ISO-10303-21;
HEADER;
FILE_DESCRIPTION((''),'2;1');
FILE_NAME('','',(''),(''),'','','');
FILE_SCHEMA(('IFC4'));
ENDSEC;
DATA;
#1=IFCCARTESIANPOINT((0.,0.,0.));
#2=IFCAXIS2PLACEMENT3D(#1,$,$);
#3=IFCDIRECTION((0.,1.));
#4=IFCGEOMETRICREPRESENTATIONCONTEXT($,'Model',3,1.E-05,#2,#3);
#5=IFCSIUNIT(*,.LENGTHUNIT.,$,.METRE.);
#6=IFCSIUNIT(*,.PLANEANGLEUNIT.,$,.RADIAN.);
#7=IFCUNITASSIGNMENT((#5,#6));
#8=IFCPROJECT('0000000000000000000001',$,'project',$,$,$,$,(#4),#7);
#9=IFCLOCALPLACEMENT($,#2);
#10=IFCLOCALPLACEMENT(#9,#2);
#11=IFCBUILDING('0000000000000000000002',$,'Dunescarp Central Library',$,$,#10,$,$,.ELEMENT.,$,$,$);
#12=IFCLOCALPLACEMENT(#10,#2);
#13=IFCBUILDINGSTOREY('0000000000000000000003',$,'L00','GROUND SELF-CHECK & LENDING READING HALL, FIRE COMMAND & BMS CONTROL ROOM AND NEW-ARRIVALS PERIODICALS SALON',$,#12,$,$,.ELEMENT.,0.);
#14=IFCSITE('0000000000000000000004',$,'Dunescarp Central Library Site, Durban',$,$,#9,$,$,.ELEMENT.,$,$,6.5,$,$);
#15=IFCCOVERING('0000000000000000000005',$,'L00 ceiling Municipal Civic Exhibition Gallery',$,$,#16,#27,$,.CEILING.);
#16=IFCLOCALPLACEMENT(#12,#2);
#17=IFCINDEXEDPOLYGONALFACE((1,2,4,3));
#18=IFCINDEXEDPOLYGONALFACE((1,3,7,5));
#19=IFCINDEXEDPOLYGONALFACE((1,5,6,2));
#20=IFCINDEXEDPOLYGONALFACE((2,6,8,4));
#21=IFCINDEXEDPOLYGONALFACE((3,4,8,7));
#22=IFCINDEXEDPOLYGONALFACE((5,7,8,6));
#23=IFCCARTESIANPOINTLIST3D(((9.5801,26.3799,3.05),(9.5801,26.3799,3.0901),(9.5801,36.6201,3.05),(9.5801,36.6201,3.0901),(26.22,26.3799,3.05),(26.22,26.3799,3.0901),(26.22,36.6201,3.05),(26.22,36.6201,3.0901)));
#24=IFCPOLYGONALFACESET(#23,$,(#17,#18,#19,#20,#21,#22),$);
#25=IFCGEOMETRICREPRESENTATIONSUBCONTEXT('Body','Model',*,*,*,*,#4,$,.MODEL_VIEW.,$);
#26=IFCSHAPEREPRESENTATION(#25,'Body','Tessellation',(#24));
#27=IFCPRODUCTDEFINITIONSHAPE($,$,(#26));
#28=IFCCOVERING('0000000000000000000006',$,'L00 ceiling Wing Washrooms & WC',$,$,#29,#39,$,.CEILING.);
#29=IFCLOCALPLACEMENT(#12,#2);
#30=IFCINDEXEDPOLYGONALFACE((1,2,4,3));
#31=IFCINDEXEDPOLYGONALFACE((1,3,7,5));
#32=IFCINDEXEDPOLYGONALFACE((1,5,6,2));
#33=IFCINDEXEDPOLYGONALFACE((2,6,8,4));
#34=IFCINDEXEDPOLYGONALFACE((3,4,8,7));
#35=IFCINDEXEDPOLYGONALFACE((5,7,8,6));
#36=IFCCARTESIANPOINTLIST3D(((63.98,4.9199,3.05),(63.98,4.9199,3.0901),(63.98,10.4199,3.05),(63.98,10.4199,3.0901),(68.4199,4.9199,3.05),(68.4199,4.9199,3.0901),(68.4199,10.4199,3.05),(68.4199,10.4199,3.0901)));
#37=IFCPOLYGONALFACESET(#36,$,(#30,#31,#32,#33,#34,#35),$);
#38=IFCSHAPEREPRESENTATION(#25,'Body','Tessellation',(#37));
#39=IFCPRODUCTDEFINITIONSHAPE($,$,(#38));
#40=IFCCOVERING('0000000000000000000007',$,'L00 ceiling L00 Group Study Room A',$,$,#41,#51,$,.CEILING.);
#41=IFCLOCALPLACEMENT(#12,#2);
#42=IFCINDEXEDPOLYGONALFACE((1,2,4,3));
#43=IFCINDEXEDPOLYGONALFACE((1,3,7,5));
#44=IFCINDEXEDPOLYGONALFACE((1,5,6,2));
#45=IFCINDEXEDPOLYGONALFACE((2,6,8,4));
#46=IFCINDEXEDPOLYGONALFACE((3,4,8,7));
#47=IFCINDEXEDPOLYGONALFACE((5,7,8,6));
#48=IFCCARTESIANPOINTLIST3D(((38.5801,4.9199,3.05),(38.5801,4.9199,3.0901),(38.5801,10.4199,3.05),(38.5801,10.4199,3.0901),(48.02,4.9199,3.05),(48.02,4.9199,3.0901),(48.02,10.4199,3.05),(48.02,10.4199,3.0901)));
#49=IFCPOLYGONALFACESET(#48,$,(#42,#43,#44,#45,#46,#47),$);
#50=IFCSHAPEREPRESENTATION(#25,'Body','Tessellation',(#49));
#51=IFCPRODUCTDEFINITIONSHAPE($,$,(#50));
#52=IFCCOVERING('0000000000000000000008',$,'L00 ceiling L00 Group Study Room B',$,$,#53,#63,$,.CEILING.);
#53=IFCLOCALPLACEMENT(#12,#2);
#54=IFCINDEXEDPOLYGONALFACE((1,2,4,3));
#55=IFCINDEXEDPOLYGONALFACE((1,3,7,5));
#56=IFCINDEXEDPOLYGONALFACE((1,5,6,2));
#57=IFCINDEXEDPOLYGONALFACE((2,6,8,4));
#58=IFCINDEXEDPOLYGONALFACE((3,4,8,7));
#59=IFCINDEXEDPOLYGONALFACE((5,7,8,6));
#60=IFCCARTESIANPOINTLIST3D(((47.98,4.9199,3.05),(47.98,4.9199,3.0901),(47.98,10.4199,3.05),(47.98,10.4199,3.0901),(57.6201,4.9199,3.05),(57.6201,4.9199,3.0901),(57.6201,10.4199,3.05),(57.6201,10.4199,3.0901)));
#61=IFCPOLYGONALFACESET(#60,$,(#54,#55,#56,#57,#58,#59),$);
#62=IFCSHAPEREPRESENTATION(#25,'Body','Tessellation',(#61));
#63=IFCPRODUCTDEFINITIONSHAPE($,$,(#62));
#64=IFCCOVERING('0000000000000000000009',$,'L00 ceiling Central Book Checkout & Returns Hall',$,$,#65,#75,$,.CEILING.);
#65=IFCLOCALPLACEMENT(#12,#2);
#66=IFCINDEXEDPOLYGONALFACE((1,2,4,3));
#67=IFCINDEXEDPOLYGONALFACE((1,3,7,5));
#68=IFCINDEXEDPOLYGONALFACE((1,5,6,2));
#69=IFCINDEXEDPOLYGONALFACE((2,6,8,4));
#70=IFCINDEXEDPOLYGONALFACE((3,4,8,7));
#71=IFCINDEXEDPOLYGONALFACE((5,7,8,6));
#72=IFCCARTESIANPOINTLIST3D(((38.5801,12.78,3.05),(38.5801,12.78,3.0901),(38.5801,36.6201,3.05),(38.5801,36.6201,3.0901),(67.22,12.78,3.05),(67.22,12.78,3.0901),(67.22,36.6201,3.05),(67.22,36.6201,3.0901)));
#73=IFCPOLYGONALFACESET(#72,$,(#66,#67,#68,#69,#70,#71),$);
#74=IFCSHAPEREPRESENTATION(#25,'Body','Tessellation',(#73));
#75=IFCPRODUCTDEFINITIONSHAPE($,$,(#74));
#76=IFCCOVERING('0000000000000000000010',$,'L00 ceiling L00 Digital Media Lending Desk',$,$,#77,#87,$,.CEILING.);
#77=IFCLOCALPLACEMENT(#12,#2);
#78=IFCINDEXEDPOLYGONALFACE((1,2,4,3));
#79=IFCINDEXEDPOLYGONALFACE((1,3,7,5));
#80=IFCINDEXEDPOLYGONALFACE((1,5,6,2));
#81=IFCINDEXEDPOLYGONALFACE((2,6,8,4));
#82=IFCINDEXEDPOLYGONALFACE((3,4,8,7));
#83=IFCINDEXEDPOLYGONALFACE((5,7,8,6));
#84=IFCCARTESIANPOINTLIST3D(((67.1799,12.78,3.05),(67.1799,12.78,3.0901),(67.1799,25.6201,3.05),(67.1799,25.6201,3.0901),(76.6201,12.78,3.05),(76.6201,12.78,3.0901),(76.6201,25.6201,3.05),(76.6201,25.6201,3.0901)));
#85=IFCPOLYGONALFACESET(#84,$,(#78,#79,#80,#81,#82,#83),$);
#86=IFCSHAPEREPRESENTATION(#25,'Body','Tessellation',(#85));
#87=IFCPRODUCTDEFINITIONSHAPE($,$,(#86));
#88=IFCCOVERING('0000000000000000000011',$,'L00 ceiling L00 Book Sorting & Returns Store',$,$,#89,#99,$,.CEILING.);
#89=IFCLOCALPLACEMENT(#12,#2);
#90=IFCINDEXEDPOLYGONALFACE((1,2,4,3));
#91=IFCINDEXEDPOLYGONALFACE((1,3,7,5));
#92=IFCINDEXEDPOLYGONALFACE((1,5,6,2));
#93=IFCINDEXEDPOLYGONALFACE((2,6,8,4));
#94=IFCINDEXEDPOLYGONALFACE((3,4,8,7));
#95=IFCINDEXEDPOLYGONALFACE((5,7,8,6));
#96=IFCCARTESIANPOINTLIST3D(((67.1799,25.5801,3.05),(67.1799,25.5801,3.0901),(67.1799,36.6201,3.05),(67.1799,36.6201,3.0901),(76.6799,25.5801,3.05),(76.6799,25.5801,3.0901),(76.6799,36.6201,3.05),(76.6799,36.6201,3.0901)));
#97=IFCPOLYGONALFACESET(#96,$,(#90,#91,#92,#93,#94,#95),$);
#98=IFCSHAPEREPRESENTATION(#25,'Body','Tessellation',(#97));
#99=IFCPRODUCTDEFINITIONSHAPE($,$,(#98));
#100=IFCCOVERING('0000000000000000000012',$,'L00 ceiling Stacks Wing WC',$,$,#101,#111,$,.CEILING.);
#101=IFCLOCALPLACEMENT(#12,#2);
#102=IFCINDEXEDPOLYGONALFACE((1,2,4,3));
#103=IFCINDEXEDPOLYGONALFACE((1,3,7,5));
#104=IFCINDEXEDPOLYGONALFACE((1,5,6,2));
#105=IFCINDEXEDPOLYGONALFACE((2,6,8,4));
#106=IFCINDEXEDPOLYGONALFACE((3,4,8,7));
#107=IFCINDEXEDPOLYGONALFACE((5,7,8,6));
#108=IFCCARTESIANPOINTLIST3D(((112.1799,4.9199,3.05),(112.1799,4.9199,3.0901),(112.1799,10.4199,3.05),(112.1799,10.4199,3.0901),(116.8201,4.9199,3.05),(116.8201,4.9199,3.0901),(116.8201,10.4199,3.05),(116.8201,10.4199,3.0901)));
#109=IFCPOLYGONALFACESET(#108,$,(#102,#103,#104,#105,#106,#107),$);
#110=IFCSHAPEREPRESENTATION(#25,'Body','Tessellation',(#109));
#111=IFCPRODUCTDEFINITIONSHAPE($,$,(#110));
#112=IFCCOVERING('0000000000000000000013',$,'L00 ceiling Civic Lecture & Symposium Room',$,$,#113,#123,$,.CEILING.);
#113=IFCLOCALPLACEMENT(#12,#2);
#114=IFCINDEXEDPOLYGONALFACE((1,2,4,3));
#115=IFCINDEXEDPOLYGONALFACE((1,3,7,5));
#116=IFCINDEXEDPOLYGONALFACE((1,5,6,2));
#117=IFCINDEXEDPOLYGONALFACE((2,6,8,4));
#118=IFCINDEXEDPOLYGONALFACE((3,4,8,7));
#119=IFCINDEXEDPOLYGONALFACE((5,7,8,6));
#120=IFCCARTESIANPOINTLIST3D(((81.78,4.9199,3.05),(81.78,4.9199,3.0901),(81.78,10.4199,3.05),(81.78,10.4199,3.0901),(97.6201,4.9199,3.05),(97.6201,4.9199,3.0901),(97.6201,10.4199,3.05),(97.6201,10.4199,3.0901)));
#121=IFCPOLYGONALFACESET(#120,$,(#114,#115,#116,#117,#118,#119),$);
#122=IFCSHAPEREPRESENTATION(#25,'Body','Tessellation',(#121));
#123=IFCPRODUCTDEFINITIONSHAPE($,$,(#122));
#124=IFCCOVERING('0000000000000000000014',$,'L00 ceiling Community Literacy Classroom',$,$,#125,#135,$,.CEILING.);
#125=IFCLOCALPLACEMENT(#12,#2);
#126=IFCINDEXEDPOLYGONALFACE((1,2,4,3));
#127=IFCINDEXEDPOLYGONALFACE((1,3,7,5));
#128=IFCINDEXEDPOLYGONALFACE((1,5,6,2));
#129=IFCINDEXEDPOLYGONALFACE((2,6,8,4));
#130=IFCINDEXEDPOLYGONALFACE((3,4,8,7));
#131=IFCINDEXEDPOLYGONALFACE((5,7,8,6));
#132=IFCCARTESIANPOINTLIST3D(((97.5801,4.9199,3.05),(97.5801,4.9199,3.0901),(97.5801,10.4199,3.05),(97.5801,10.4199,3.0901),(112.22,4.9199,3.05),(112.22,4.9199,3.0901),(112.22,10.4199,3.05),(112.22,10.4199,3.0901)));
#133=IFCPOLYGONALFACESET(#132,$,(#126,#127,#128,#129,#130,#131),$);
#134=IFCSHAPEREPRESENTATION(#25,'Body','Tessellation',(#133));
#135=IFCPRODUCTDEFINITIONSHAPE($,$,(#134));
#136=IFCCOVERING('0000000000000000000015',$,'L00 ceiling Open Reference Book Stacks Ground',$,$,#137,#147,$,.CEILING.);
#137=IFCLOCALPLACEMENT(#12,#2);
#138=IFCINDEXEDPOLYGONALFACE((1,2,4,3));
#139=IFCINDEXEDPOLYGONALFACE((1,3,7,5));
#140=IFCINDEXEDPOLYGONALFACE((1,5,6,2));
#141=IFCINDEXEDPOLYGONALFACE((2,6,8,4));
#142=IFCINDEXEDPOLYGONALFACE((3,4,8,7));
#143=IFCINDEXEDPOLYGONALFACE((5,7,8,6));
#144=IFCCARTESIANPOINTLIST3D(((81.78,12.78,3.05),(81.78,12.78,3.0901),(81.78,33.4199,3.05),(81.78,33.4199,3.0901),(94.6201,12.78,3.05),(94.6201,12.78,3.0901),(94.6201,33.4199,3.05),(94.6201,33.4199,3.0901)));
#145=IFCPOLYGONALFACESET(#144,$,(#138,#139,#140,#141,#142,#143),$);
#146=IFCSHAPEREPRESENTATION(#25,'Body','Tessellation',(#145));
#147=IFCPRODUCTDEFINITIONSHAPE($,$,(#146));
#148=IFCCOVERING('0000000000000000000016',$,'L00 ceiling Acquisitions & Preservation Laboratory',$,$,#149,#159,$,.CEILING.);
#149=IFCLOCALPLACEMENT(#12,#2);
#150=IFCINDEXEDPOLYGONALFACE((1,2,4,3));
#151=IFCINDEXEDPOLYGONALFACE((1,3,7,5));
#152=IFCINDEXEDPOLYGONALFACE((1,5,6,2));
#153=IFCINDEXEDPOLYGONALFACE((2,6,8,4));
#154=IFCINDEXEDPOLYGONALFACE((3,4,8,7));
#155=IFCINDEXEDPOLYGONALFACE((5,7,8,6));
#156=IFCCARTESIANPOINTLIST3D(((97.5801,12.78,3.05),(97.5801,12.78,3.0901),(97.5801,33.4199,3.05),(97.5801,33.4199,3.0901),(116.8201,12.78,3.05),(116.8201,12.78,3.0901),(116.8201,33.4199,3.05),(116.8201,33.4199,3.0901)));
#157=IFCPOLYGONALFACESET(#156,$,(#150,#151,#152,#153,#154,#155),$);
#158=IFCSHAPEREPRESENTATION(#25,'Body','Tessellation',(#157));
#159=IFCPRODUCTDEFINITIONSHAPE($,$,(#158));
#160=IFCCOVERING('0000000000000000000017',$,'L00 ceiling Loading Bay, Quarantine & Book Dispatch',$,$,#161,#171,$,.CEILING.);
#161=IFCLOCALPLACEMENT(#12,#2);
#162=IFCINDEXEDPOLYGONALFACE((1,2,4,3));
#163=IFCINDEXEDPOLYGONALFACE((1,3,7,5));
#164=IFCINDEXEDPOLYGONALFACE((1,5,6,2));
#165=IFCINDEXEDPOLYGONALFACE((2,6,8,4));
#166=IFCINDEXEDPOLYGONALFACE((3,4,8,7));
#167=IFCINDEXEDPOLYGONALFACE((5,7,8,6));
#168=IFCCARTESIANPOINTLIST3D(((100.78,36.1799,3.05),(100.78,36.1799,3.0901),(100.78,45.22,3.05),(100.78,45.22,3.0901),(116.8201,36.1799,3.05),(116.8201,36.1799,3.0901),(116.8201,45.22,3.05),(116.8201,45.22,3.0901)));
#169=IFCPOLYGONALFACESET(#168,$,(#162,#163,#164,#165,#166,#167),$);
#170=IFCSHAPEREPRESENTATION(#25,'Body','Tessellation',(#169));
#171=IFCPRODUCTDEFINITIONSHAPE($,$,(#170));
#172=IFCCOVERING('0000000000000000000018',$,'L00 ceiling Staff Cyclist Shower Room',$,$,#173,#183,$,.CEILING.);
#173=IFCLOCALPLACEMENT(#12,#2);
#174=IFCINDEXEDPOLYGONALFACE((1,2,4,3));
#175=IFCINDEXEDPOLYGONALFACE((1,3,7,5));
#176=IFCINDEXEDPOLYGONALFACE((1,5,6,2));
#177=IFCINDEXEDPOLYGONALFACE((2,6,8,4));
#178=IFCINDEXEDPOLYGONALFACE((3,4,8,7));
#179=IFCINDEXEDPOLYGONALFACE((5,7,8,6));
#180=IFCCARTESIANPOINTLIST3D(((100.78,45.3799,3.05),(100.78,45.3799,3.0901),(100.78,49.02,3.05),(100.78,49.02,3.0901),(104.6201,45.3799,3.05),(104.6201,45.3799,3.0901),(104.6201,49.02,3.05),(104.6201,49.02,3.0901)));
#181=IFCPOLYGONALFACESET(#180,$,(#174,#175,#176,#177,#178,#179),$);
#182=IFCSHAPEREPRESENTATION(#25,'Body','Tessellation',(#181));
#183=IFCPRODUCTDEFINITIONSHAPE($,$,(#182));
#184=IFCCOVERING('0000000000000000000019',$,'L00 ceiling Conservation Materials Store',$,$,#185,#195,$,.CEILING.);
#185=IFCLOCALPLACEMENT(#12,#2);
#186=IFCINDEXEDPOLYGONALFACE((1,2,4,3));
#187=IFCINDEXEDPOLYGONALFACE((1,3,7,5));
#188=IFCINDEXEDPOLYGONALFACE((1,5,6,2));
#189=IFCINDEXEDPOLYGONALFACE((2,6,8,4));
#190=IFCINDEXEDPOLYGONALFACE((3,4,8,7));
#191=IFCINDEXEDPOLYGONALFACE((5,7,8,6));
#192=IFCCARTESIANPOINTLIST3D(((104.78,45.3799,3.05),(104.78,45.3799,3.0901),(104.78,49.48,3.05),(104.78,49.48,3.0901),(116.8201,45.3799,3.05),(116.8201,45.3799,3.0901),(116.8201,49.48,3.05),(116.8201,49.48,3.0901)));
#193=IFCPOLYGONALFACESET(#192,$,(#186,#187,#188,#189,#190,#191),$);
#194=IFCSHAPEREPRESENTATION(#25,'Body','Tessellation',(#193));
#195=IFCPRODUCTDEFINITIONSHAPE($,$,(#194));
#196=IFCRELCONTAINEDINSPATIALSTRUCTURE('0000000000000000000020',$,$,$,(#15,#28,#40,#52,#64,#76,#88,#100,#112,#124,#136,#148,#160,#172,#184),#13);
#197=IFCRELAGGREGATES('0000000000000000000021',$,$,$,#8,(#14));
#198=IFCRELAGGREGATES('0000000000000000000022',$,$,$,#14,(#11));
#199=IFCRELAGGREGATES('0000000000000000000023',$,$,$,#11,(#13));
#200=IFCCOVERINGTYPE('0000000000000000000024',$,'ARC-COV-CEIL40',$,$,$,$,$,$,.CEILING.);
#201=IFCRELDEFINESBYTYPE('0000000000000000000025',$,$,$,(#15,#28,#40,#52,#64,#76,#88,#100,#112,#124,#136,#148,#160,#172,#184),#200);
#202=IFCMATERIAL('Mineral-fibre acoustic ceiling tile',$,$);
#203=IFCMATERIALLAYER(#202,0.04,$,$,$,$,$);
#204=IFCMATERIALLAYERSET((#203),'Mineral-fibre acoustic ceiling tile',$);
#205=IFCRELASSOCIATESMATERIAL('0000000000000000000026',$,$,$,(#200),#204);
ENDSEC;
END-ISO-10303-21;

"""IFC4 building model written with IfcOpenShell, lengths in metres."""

from ifc_helpers import new_model, si_unit, direction, frame, origin, place, context, subcontext, project, spatial, polyline, outline, extrude, material, layer, layer_set, type_object, element, save


model = new_model("IFC4")

# Units and contexts
model_context = context("Model", 3, precision=1e-05, world=origin(), true_north=direction((0.0, 1.0)))
body_context = subcontext(model_context, "Body", "Model", "MODEL_VIEW")
ifc_project = project(units=[si_unit("LENGTHUNIT", "METRE"), si_unit("PLANEANGLEUNIT", "RADIAN")], contexts=[model_context])

# Site, building, storey
site_placement = place(None, origin())
site = spatial("IfcSite", under=ifc_project, at=site_placement, Name="Dunescarp Central Library Site, Durban", CompositionType="ELEMENT", RefElevation=6.5)
building_placement = place(site_placement, origin())
building = spatial("IfcBuilding", under=site, at=building_placement, Name="Dunescarp Central Library", CompositionType="ELEMENT")
storey_placement = place(building_placement, origin())
storey = spatial("IfcBuildingStorey", under=building, at=storey_placement, Name="L00", Description="GROUND SELF-CHECK & LENDING READING HALL, FIRE COMMAND & BMS CONTROL ROOM AND NEW-ARRIVALS PERIODICALS SALON", CompositionType="ELEMENT", Elevation=0.0)

# Coverings
ifc_material_1 = material(Name="Mineral-fibre acoustic ceiling tile")
ifc_layer_1 = layer(ifc_material_1, 0.04)
ifc_layer_set_1 = layer_set([ifc_layer_1], Name="Mineral-fibre acoustic ceiling tile")
covering_type_1 = type_object("IfcCoveringType", Name="ARC-COV-CEIL40", PredefinedType="CEILING", material=ifc_layer_set_1)
covering_1_placement = place(storey_placement, frame((0.0, 0.0, 3.05)))
element("IfcCovering", 1, at=covering_1_placement, inside=storey, type_object=covering_type_1, Name="L00 ceiling Municipal Civic Exhibition Gallery", PredefinedType="CEILING", context=body_context, shape_type="SweptSolid", body=[
    extrude(outline(polyline([(9.5801, 26.3799), (26.22, 26.3799), (26.22, 36.6201), (9.5801, 36.6201), (9.5801, 26.3799)])), origin(), (0.0, 0.0, 1.0), 0.04),
])
covering_2_placement = place(storey_placement, frame((0.0, 0.0, 3.05)))
element("IfcCovering", 2, at=covering_2_placement, inside=storey, type_object=covering_type_1, Name="L00 ceiling Wing Washrooms & WC", PredefinedType="CEILING", context=body_context, shape_type="SweptSolid", body=[
    extrude(outline(polyline([(63.98, 4.9199), (68.4199, 4.9199), (68.4199, 10.4199), (63.98, 10.4199), (63.98, 4.9199)])), origin(), (0.0, 0.0, 1.0), 0.04),
])
covering_3_placement = place(storey_placement, frame((0.0, 0.0, 3.05)))
element("IfcCovering", 3, at=covering_3_placement, inside=storey, type_object=covering_type_1, Name="L00 ceiling L00 Group Study Room A", PredefinedType="CEILING", context=body_context, shape_type="SweptSolid", body=[
    extrude(outline(polyline([(38.5801, 4.9199), (48.02, 4.9199), (48.02, 10.4199), (38.5801, 10.4199), (38.5801, 4.9199)])), origin(), (0.0, 0.0, 1.0), 0.04),
])
covering_4_placement = place(storey_placement, frame((0.0, 0.0, 3.05)))
element("IfcCovering", 4, at=covering_4_placement, inside=storey, type_object=covering_type_1, Name="L00 ceiling L00 Group Study Room B", PredefinedType="CEILING", context=body_context, shape_type="SweptSolid", body=[
    extrude(outline(polyline([(47.98, 4.9199), (57.6201, 4.9199), (57.6201, 10.4199), (47.98, 10.4199), (47.98, 4.9199)])), origin(), (0.0, 0.0, 1.0), 0.04),
])
covering_5_placement = place(storey_placement, frame((0.0, 0.0, 3.05)))
element("IfcCovering", 5, at=covering_5_placement, inside=storey, type_object=covering_type_1, Name="L00 ceiling Central Book Checkout & Returns Hall", PredefinedType="CEILING", context=body_context, shape_type="SweptSolid", body=[
    extrude(outline(polyline([(38.5801, 12.78), (67.22, 12.78), (67.22, 36.6201), (38.5801, 36.6201), (38.5801, 12.78)])), origin(), (0.0, 0.0, 1.0), 0.04),
])
covering_6_placement = place(storey_placement, frame((0.0, 0.0, 3.05)))
element("IfcCovering", 6, at=covering_6_placement, inside=storey, type_object=covering_type_1, Name="L00 ceiling L00 Digital Media Lending Desk", PredefinedType="CEILING", context=body_context, shape_type="SweptSolid", body=[
    extrude(outline(polyline([(67.1799, 12.78), (76.6201, 12.78), (76.6201, 25.6201), (67.1799, 25.6201), (67.1799, 12.78)])), origin(), (0.0, 0.0, 1.0), 0.04),
])
covering_7_placement = place(storey_placement, frame((0.0, 0.0, 3.05)))
element("IfcCovering", 7, at=covering_7_placement, inside=storey, type_object=covering_type_1, Name="L00 ceiling L00 Book Sorting & Returns Store", PredefinedType="CEILING", context=body_context, shape_type="SweptSolid", body=[
    extrude(outline(polyline([(67.1799, 25.5801), (76.6799, 25.5801), (76.6799, 36.6201), (67.1799, 36.6201), (67.1799, 25.5801)])), origin(), (0.0, 0.0, 1.0), 0.04),
])
covering_8_placement = place(storey_placement, frame((0.0, 0.0, 3.05)))
element("IfcCovering", 8, at=covering_8_placement, inside=storey, type_object=covering_type_1, Name="L00 ceiling Stacks Wing WC", PredefinedType="CEILING", context=body_context, shape_type="SweptSolid", body=[
    extrude(outline(polyline([(112.1799, 4.9199), (116.8201, 4.9199), (116.8201, 10.4199), (112.1799, 10.4199), (112.1799, 4.9199)])), origin(), (0.0, 0.0, 1.0), 0.04),
])
covering_9_placement = place(storey_placement, frame((0.0, 0.0, 3.05)))
element("IfcCovering", 9, at=covering_9_placement, inside=storey, type_object=covering_type_1, Name="L00 ceiling Civic Lecture & Symposium Room", PredefinedType="CEILING", context=body_context, shape_type="SweptSolid", body=[
    extrude(outline(polyline([(81.78, 4.9199), (97.6201, 4.9199), (97.6201, 10.4199), (81.78, 10.4199), (81.78, 4.9199)])), origin(), (0.0, 0.0, 1.0), 0.04),
])
covering_10_placement = place(storey_placement, frame((0.0, 0.0, 3.05)))
element("IfcCovering", 10, at=covering_10_placement, inside=storey, type_object=covering_type_1, Name="L00 ceiling Community Literacy Classroom", PredefinedType="CEILING", context=body_context, shape_type="SweptSolid", body=[
    extrude(outline(polyline([(97.5801, 4.9199), (112.22, 4.9199), (112.22, 10.4199), (97.5801, 10.4199), (97.5801, 4.9199)])), origin(), (0.0, 0.0, 1.0), 0.04),
])
covering_11_placement = place(storey_placement, frame((0.0, 0.0, 3.05)))
element("IfcCovering", 11, at=covering_11_placement, inside=storey, type_object=covering_type_1, Name="L00 ceiling Open Reference Book Stacks Ground", PredefinedType="CEILING", context=body_context, shape_type="SweptSolid", body=[
    extrude(outline(polyline([(81.78, 12.78), (94.6201, 12.78), (94.6201, 33.4199), (81.78, 33.4199), (81.78, 12.78)])), origin(), (0.0, 0.0, 1.0), 0.04),
])
covering_12_placement = place(storey_placement, frame((0.0, 0.0, 3.05)))
element("IfcCovering", 12, at=covering_12_placement, inside=storey, type_object=covering_type_1, Name="L00 ceiling Acquisitions & Preservation Laboratory", PredefinedType="CEILING", context=body_context, shape_type="SweptSolid", body=[
    extrude(outline(polyline([(97.5801, 12.78), (116.8201, 12.78), (116.8201, 33.4199), (97.5801, 33.4199), (97.5801, 12.78)])), origin(), (0.0, 0.0, 1.0), 0.04),
])
covering_13_placement = place(storey_placement, frame((0.0, 0.0, 3.05)))
element("IfcCovering", 13, at=covering_13_placement, inside=storey, type_object=covering_type_1, Name="L00 ceiling Loading Bay, Quarantine & Book Dispatch", PredefinedType="CEILING", context=body_context, shape_type="SweptSolid", body=[
    extrude(outline(polyline([(100.78, 36.1799), (116.8201, 36.1799), (116.8201, 45.22), (100.78, 45.22), (100.78, 36.1799)])), origin(), (0.0, 0.0, 1.0), 0.04),
])
covering_14_placement = place(storey_placement, frame((0.0, 0.0, 3.05)))
element("IfcCovering", 14, at=covering_14_placement, inside=storey, type_object=covering_type_1, Name="L00 ceiling Staff Cyclist Shower Room", PredefinedType="CEILING", context=body_context, shape_type="SweptSolid", body=[
    extrude(outline(polyline([(100.78, 45.3799), (104.6201, 45.3799), (104.6201, 49.02), (100.78, 49.02), (100.78, 45.3799)])), origin(), (0.0, 0.0, 1.0), 0.04),
])
covering_15_placement = place(storey_placement, frame((0.0, 0.0, 3.05)))
element("IfcCovering", 15, at=covering_15_placement, inside=storey, type_object=covering_type_1, Name="L00 ceiling Conservation Materials Store", PredefinedType="CEILING", context=body_context, shape_type="SweptSolid", body=[
    extrude(outline(polyline([(104.78, 45.3799), (116.8201, 45.3799), (116.8201, 49.48), (104.78, 49.48), (104.78, 45.3799)])), origin(), (0.0, 0.0, 1.0), 0.04),
])

save(model, "model.ifc")
